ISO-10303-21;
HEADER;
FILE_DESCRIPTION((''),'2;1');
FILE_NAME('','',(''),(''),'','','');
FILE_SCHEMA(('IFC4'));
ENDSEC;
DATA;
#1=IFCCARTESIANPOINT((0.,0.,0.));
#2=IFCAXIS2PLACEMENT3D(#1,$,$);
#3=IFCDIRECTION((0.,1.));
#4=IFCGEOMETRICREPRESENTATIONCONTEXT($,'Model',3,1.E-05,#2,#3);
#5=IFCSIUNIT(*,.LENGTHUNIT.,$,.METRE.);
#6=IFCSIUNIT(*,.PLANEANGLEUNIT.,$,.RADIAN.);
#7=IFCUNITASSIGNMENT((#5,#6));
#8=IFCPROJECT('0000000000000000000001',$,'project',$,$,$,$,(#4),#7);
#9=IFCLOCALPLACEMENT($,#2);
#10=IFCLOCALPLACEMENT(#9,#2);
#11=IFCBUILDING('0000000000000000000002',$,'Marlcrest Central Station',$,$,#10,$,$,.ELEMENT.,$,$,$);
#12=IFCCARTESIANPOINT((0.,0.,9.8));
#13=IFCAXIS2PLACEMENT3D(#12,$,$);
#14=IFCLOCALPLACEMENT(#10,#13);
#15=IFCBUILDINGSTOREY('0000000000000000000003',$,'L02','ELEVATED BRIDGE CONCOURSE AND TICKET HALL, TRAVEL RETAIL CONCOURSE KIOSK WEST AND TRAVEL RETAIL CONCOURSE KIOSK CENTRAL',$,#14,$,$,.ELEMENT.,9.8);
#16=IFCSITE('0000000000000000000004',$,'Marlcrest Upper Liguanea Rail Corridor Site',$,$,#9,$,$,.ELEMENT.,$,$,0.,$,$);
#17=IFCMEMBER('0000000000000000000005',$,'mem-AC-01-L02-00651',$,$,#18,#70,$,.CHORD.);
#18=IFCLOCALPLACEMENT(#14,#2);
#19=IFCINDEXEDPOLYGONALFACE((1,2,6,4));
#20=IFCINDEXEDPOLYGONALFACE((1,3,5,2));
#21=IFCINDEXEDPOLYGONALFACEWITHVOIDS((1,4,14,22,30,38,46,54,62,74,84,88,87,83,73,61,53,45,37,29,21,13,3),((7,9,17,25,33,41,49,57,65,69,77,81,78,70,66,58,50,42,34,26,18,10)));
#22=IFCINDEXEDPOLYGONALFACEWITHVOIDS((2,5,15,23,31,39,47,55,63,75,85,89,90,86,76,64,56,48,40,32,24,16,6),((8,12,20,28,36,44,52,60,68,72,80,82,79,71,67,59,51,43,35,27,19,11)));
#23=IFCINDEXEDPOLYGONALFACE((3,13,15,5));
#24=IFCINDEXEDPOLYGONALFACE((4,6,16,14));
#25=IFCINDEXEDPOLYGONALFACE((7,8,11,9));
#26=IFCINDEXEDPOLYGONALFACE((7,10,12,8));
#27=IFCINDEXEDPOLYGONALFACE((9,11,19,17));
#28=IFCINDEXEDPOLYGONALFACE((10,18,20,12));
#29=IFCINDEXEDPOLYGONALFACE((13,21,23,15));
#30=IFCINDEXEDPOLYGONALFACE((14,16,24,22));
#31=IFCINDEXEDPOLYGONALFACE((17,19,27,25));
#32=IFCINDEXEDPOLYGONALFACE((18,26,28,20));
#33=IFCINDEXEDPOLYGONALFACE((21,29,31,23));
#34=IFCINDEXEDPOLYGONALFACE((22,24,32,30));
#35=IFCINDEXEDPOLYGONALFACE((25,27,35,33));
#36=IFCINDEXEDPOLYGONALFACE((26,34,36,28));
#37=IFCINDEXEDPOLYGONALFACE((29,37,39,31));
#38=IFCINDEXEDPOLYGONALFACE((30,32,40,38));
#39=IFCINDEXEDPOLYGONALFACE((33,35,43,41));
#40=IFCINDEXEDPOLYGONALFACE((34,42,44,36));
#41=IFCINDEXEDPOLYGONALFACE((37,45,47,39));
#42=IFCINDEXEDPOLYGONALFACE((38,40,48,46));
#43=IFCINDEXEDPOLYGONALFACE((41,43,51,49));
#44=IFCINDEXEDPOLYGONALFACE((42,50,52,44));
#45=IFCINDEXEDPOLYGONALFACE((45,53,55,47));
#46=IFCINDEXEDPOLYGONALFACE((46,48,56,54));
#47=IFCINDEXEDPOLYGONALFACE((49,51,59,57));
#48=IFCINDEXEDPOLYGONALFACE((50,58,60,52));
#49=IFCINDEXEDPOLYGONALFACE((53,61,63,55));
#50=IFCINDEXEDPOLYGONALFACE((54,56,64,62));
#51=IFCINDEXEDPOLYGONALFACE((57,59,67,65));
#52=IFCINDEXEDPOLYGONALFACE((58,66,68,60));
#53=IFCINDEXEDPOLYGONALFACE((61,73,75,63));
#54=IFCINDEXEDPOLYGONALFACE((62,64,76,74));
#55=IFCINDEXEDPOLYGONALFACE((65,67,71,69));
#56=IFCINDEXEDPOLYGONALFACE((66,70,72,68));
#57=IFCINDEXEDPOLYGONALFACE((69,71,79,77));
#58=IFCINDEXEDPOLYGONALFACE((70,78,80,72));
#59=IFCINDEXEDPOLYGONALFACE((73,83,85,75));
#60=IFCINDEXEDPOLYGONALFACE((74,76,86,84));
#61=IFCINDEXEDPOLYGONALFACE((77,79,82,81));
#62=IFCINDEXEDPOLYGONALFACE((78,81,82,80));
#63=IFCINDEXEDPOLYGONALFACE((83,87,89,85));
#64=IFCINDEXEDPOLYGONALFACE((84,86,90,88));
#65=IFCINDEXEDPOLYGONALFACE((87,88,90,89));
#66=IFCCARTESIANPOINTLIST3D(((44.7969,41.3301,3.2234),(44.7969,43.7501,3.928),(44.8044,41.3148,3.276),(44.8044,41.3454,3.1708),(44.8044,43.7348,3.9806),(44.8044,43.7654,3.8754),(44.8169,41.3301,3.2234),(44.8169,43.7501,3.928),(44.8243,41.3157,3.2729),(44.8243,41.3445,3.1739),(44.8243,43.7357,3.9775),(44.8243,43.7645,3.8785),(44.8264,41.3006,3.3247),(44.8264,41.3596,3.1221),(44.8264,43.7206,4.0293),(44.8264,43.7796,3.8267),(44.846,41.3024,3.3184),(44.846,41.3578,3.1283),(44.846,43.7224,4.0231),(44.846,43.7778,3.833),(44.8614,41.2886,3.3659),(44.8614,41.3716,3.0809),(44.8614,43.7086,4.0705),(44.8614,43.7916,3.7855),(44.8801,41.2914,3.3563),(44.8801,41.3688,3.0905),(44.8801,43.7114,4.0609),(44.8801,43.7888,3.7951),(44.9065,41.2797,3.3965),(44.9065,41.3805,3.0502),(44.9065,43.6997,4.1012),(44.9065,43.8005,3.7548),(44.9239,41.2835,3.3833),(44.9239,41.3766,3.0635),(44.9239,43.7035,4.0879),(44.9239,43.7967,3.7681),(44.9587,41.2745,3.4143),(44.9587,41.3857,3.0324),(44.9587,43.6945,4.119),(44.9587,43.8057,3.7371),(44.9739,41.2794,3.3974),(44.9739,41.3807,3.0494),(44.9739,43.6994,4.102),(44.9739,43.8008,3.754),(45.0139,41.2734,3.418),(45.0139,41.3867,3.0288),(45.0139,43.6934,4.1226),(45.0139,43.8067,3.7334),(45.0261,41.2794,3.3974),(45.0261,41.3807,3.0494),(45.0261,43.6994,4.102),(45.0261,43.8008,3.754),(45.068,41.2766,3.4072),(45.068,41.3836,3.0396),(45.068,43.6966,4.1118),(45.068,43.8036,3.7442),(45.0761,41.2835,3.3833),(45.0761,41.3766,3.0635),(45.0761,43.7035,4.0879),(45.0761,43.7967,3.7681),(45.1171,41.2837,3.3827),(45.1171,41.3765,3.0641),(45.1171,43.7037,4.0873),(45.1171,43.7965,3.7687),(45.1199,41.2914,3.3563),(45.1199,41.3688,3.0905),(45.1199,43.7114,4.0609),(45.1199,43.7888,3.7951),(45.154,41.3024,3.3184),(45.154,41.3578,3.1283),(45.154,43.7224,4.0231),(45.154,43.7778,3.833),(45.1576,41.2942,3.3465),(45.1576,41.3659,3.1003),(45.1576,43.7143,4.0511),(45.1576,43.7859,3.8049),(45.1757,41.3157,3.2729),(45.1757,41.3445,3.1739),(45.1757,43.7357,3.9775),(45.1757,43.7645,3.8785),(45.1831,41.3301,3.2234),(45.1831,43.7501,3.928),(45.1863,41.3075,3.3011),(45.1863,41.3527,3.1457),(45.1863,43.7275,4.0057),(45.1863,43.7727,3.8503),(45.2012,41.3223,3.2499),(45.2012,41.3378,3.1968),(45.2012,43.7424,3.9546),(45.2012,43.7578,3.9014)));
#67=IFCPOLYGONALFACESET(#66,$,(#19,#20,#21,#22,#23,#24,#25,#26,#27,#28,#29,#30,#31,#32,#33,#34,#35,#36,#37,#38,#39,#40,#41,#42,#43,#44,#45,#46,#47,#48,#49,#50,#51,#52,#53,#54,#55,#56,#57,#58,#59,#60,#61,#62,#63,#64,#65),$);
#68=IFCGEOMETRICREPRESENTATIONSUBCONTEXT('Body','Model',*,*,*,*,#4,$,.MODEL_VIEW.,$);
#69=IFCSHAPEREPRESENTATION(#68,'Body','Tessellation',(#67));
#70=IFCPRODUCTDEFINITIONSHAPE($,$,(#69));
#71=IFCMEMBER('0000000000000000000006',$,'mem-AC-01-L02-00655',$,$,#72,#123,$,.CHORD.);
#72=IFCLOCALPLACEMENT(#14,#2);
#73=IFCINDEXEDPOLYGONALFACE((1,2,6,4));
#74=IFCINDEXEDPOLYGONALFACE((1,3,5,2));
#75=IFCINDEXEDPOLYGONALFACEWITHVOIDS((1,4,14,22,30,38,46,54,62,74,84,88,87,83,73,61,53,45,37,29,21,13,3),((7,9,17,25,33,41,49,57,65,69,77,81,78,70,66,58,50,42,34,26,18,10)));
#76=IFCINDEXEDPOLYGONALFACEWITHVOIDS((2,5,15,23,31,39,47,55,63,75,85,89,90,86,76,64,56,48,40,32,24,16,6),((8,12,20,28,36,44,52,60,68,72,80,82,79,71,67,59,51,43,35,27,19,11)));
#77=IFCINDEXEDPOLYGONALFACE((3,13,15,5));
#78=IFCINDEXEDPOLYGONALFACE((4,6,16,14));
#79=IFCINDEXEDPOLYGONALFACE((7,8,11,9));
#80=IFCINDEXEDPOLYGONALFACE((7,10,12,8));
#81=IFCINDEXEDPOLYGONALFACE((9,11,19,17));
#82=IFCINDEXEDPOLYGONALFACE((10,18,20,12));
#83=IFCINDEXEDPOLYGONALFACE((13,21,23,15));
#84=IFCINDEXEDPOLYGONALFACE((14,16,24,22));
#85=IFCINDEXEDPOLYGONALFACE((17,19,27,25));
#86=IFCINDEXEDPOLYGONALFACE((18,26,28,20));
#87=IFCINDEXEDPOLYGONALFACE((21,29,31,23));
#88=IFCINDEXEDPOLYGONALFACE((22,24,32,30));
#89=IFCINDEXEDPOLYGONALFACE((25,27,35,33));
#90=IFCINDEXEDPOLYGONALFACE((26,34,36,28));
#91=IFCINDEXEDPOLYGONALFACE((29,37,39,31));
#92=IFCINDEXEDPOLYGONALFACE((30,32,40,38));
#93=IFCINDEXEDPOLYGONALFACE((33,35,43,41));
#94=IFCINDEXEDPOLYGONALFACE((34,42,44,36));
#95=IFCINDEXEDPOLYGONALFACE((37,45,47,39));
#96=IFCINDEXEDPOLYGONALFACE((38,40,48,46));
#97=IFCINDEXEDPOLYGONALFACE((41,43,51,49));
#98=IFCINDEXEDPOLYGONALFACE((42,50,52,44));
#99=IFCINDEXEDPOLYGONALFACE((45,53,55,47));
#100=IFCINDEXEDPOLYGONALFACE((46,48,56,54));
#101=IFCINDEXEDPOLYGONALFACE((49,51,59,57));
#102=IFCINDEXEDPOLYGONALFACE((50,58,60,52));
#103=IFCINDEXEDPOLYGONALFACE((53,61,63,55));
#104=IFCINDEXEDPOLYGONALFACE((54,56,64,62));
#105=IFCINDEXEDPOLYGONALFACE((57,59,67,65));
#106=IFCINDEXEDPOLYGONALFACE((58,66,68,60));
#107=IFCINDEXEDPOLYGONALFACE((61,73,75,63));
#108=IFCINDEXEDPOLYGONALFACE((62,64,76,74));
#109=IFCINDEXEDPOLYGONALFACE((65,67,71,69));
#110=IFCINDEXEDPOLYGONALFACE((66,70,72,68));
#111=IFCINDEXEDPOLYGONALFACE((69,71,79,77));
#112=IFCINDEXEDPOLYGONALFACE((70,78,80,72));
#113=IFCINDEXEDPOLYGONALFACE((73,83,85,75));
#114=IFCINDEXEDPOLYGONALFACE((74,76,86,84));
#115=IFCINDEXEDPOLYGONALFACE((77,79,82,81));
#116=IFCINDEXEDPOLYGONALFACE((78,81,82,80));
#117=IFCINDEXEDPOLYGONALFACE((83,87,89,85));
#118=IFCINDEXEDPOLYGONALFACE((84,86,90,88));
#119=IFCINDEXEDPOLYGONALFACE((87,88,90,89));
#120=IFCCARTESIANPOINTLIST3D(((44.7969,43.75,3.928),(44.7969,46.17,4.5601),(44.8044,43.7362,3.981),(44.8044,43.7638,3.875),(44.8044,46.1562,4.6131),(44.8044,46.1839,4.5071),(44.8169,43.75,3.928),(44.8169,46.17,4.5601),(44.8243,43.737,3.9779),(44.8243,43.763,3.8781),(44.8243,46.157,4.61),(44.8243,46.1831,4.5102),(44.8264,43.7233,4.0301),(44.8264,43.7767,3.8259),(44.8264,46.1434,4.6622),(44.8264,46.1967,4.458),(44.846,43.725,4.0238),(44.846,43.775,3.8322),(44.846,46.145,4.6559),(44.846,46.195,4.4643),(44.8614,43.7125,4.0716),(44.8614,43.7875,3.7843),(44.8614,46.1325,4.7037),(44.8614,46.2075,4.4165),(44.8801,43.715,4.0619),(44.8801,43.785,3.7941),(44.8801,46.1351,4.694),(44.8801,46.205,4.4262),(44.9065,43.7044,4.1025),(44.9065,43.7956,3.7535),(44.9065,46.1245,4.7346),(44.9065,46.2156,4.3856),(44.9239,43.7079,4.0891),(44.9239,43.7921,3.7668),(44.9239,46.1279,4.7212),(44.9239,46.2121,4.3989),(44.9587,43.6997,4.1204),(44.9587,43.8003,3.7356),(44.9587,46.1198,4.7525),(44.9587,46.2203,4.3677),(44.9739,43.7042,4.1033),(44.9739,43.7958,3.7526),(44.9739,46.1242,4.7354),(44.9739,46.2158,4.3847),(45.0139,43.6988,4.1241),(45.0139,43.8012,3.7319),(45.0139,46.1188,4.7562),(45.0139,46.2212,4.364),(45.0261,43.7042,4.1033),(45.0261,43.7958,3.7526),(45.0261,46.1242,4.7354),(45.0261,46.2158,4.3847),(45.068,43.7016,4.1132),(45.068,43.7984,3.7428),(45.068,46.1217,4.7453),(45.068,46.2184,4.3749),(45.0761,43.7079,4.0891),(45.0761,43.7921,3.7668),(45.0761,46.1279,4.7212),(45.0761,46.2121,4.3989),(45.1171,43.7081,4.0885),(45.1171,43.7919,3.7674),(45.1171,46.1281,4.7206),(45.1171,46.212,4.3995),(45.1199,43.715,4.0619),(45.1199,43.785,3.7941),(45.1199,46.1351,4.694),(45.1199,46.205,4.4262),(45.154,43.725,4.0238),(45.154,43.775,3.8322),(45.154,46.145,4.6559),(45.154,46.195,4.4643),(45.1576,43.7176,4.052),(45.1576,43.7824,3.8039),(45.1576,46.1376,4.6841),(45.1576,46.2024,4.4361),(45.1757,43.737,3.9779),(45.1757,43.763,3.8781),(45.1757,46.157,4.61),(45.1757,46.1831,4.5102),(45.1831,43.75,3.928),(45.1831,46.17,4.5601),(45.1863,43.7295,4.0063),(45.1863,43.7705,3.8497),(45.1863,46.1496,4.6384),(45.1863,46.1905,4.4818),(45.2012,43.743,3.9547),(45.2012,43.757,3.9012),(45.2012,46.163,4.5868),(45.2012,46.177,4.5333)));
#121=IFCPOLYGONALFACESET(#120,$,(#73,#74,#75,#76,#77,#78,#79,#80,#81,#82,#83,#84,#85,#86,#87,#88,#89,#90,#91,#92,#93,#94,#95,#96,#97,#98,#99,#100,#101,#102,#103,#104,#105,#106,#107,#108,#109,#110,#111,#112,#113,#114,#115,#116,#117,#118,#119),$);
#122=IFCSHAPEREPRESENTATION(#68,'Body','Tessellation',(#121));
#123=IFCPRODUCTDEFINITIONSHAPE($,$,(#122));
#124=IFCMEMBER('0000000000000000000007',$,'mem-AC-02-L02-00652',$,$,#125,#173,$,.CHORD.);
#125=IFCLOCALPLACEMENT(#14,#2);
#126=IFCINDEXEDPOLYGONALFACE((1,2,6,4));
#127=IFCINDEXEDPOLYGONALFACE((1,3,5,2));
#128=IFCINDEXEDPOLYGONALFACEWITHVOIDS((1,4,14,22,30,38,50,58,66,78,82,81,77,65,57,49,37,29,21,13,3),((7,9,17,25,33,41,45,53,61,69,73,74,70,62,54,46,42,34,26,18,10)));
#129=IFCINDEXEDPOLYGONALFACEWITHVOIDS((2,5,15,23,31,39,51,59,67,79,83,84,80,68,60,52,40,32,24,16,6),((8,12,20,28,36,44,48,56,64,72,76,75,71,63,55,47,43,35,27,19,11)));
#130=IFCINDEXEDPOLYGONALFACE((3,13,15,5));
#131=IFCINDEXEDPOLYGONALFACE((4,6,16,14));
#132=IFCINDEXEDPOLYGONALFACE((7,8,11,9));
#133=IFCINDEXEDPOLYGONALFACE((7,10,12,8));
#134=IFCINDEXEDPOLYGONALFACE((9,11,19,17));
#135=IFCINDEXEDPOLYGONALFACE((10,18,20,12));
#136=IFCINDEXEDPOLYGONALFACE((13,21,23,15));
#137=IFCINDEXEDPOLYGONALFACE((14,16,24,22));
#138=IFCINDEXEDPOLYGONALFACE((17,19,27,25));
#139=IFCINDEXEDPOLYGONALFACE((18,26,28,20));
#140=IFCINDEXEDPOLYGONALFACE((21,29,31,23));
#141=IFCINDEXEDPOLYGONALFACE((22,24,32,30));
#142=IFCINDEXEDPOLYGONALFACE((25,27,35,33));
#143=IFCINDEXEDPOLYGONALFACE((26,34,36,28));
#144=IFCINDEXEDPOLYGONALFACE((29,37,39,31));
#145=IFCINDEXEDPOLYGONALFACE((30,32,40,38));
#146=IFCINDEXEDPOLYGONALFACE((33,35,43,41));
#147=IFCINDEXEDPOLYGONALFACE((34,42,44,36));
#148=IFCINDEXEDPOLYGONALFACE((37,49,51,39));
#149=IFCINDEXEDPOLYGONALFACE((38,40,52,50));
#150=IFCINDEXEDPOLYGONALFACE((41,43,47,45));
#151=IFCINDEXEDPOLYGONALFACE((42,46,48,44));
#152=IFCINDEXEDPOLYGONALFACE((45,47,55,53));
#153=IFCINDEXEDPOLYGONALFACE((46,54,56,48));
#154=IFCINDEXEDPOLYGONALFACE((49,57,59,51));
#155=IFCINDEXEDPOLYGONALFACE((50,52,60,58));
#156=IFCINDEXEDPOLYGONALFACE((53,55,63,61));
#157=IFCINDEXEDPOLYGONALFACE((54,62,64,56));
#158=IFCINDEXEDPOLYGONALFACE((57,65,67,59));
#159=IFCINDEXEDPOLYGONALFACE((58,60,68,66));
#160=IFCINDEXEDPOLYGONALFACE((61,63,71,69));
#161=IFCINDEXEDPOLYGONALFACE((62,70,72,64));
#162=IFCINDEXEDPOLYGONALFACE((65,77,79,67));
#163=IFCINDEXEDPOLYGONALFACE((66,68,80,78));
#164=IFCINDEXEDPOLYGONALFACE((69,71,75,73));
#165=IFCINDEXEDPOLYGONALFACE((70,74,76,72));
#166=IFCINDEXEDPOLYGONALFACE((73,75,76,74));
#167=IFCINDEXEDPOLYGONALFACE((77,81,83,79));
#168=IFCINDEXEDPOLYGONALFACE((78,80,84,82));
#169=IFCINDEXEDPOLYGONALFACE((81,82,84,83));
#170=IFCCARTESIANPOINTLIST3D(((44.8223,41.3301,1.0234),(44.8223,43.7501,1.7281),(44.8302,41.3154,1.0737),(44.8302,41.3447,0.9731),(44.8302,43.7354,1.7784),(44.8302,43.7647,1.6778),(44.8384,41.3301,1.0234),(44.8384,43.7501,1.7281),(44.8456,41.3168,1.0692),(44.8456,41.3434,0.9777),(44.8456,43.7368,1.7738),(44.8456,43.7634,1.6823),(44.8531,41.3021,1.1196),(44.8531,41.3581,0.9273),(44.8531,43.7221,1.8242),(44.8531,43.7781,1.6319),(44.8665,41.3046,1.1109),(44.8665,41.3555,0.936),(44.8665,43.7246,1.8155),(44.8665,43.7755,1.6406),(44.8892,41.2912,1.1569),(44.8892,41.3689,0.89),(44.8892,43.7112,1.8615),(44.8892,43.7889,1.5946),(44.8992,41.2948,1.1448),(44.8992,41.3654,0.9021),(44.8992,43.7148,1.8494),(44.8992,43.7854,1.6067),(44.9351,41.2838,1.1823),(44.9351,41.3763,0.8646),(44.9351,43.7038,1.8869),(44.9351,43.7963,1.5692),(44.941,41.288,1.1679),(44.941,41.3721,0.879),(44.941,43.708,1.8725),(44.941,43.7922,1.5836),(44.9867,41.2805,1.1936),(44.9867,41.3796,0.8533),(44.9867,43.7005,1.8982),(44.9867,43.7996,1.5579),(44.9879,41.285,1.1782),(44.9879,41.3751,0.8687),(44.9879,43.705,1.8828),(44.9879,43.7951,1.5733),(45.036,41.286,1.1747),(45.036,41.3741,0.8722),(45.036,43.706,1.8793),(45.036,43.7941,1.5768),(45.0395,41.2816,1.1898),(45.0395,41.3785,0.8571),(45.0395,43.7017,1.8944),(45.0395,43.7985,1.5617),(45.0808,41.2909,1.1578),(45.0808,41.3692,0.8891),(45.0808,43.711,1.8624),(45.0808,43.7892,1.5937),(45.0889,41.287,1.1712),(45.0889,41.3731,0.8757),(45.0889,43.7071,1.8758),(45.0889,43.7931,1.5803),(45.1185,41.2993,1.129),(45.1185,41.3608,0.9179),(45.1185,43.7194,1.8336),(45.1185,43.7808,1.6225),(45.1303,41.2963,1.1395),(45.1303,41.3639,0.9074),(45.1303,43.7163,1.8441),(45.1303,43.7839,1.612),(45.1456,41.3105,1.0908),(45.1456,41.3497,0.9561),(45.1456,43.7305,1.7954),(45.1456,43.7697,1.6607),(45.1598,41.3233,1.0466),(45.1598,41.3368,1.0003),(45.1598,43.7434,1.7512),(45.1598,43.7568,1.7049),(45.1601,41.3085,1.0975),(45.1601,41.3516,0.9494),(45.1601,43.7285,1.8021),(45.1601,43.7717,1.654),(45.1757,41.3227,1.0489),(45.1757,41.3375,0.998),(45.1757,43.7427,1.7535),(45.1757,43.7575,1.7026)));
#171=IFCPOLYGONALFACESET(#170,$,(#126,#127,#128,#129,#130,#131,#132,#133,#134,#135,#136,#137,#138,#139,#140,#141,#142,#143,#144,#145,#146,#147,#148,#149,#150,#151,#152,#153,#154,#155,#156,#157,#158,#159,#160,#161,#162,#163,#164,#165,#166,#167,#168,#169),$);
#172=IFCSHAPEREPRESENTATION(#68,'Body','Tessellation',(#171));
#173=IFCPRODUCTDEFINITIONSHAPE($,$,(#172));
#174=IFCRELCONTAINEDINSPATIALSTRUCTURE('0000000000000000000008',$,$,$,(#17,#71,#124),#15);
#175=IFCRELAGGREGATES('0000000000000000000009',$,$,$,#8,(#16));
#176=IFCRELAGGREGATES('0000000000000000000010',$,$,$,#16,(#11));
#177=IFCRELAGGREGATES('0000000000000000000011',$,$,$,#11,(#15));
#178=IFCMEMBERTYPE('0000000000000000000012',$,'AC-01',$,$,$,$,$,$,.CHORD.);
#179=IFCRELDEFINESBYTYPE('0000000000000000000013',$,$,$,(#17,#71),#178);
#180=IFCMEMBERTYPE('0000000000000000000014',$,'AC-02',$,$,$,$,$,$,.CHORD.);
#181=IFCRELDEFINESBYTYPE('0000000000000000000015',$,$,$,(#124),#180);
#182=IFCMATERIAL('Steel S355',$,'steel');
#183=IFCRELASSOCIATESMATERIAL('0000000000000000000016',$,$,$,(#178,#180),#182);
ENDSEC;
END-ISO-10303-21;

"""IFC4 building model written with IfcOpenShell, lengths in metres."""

from ifc_helpers import new_model, si_unit, direction, frame, origin, origin_2d, place, context, subcontext, project, spatial, hollow_circle, extrude, material, material_profile, profile_set, type_object, element, save


model = new_model("IFC4")

# Units and contexts
model_context = context("Model", 3, precision=1e-05, world=origin(), true_north=direction((0.0, 1.0)))
body_context = subcontext(model_context, "Body", "Model", "MODEL_VIEW")
ifc_project = project(units=[si_unit("LENGTHUNIT", "METRE"), si_unit("PLANEANGLEUNIT", "RADIAN")], contexts=[model_context])

# Site, building, storey
site_placement = place(None, origin())
site = spatial("IfcSite", under=ifc_project, at=site_placement, Name="Marlcrest Upper Liguanea Rail Corridor Site", CompositionType="ELEMENT", RefElevation=0.0)
building_placement = place(site_placement, origin())
building = spatial("IfcBuilding", under=site, at=building_placement, Name="Marlcrest Central Station", CompositionType="ELEMENT")
storey_placement = place(building_placement, frame((0.0, 0.0, 9.8)))
storey = spatial("IfcBuildingStorey", under=building, at=storey_placement, Name="L02", Description="ELEVATED BRIDGE CONCOURSE AND TICKET HALL, TRAVEL RETAIL CONCOURSE KIOSK WEST AND TRAVEL RETAIL CONCOURSE KIOSK CENTRAL", CompositionType="ELEMENT", Elevation=9.8)

# Members
ifc_material_1 = material(Name="Steel S355", Category="steel")
ifc_material_profile_1 = material_profile(ifc_material_1, hollow_circle(Radius=0.2031, WallThickness=0.02, at=origin_2d()), Name="CHS 406.4x20")
ifc_profile_set_1 = profile_set([ifc_material_profile_1], Name="Steel S355")
member_type_1 = type_object("IfcMemberType", Name="AC-01", PredefinedType="CHORD", material=ifc_profile_set_1)
member_1_placement = place(storey_placement, frame((45.0, 41.3301, 3.2234), z_axis=(0.0, 0.96013, 0.279554), x_axis=(-1.0, 0.0, 0.0)))
element("IfcMember", 1, at=member_1_placement, inside=storey, type_object=member_type_1, Name="mem-AC-01-L02-00651", PredefinedType="CHORD", context=body_context, shape_type="SweptSolid", body=[
    extrude(hollow_circle(Radius=0.2031, WallThickness=0.02, at=origin_2d()), origin(), (0.0, 0.0, 1.0), 2.5205),
])
member_2_placement = place(storey_placement, frame((45.0, 43.75, 3.928), z_axis=(0.0, 0.967539, 0.25272), x_axis=(-1.0, 0.0, 0.0)))
element("IfcMember", 2, at=member_2_placement, inside=storey, type_object=member_type_1, Name="mem-AC-01-L02-00655", PredefinedType="CHORD", context=body_context, shape_type="SweptSolid", body=[
    extrude(hollow_circle(Radius=0.2031, WallThickness=0.02, at=origin_2d()), origin(), (0.0, 0.0, 1.0), 2.5012),
])
ifc_material_profile_2 = material_profile(ifc_material_1, hollow_circle(Radius=0.1777, WallThickness=0.0161, at=origin_2d()), Name="CHS 355.6x16")
ifc_profile_set_2 = profile_set([ifc_material_profile_2], Name="Steel S355")
member_type_2 = type_object("IfcMemberType", Name="AC-02", PredefinedType="CHORD", material=ifc_profile_set_2)
member_3_placement = place(storey_placement, frame((45.0, 41.3301, 1.0234), z_axis=(0.0, 0.96013, 0.279554), x_axis=(-1.0, 0.0, 0.0)))
element("IfcMember", 3, at=member_3_placement, inside=storey, type_object=member_type_2, Name="mem-AC-02-L02-00652", PredefinedType="CHORD", context=body_context, shape_type="SweptSolid", body=[
    extrude(hollow_circle(Radius=0.1777, WallThickness=0.0161, at=origin_2d()), origin(), (0.0, 0.0, 1.0), 2.5205),
])

save(model, "model.ifc")
